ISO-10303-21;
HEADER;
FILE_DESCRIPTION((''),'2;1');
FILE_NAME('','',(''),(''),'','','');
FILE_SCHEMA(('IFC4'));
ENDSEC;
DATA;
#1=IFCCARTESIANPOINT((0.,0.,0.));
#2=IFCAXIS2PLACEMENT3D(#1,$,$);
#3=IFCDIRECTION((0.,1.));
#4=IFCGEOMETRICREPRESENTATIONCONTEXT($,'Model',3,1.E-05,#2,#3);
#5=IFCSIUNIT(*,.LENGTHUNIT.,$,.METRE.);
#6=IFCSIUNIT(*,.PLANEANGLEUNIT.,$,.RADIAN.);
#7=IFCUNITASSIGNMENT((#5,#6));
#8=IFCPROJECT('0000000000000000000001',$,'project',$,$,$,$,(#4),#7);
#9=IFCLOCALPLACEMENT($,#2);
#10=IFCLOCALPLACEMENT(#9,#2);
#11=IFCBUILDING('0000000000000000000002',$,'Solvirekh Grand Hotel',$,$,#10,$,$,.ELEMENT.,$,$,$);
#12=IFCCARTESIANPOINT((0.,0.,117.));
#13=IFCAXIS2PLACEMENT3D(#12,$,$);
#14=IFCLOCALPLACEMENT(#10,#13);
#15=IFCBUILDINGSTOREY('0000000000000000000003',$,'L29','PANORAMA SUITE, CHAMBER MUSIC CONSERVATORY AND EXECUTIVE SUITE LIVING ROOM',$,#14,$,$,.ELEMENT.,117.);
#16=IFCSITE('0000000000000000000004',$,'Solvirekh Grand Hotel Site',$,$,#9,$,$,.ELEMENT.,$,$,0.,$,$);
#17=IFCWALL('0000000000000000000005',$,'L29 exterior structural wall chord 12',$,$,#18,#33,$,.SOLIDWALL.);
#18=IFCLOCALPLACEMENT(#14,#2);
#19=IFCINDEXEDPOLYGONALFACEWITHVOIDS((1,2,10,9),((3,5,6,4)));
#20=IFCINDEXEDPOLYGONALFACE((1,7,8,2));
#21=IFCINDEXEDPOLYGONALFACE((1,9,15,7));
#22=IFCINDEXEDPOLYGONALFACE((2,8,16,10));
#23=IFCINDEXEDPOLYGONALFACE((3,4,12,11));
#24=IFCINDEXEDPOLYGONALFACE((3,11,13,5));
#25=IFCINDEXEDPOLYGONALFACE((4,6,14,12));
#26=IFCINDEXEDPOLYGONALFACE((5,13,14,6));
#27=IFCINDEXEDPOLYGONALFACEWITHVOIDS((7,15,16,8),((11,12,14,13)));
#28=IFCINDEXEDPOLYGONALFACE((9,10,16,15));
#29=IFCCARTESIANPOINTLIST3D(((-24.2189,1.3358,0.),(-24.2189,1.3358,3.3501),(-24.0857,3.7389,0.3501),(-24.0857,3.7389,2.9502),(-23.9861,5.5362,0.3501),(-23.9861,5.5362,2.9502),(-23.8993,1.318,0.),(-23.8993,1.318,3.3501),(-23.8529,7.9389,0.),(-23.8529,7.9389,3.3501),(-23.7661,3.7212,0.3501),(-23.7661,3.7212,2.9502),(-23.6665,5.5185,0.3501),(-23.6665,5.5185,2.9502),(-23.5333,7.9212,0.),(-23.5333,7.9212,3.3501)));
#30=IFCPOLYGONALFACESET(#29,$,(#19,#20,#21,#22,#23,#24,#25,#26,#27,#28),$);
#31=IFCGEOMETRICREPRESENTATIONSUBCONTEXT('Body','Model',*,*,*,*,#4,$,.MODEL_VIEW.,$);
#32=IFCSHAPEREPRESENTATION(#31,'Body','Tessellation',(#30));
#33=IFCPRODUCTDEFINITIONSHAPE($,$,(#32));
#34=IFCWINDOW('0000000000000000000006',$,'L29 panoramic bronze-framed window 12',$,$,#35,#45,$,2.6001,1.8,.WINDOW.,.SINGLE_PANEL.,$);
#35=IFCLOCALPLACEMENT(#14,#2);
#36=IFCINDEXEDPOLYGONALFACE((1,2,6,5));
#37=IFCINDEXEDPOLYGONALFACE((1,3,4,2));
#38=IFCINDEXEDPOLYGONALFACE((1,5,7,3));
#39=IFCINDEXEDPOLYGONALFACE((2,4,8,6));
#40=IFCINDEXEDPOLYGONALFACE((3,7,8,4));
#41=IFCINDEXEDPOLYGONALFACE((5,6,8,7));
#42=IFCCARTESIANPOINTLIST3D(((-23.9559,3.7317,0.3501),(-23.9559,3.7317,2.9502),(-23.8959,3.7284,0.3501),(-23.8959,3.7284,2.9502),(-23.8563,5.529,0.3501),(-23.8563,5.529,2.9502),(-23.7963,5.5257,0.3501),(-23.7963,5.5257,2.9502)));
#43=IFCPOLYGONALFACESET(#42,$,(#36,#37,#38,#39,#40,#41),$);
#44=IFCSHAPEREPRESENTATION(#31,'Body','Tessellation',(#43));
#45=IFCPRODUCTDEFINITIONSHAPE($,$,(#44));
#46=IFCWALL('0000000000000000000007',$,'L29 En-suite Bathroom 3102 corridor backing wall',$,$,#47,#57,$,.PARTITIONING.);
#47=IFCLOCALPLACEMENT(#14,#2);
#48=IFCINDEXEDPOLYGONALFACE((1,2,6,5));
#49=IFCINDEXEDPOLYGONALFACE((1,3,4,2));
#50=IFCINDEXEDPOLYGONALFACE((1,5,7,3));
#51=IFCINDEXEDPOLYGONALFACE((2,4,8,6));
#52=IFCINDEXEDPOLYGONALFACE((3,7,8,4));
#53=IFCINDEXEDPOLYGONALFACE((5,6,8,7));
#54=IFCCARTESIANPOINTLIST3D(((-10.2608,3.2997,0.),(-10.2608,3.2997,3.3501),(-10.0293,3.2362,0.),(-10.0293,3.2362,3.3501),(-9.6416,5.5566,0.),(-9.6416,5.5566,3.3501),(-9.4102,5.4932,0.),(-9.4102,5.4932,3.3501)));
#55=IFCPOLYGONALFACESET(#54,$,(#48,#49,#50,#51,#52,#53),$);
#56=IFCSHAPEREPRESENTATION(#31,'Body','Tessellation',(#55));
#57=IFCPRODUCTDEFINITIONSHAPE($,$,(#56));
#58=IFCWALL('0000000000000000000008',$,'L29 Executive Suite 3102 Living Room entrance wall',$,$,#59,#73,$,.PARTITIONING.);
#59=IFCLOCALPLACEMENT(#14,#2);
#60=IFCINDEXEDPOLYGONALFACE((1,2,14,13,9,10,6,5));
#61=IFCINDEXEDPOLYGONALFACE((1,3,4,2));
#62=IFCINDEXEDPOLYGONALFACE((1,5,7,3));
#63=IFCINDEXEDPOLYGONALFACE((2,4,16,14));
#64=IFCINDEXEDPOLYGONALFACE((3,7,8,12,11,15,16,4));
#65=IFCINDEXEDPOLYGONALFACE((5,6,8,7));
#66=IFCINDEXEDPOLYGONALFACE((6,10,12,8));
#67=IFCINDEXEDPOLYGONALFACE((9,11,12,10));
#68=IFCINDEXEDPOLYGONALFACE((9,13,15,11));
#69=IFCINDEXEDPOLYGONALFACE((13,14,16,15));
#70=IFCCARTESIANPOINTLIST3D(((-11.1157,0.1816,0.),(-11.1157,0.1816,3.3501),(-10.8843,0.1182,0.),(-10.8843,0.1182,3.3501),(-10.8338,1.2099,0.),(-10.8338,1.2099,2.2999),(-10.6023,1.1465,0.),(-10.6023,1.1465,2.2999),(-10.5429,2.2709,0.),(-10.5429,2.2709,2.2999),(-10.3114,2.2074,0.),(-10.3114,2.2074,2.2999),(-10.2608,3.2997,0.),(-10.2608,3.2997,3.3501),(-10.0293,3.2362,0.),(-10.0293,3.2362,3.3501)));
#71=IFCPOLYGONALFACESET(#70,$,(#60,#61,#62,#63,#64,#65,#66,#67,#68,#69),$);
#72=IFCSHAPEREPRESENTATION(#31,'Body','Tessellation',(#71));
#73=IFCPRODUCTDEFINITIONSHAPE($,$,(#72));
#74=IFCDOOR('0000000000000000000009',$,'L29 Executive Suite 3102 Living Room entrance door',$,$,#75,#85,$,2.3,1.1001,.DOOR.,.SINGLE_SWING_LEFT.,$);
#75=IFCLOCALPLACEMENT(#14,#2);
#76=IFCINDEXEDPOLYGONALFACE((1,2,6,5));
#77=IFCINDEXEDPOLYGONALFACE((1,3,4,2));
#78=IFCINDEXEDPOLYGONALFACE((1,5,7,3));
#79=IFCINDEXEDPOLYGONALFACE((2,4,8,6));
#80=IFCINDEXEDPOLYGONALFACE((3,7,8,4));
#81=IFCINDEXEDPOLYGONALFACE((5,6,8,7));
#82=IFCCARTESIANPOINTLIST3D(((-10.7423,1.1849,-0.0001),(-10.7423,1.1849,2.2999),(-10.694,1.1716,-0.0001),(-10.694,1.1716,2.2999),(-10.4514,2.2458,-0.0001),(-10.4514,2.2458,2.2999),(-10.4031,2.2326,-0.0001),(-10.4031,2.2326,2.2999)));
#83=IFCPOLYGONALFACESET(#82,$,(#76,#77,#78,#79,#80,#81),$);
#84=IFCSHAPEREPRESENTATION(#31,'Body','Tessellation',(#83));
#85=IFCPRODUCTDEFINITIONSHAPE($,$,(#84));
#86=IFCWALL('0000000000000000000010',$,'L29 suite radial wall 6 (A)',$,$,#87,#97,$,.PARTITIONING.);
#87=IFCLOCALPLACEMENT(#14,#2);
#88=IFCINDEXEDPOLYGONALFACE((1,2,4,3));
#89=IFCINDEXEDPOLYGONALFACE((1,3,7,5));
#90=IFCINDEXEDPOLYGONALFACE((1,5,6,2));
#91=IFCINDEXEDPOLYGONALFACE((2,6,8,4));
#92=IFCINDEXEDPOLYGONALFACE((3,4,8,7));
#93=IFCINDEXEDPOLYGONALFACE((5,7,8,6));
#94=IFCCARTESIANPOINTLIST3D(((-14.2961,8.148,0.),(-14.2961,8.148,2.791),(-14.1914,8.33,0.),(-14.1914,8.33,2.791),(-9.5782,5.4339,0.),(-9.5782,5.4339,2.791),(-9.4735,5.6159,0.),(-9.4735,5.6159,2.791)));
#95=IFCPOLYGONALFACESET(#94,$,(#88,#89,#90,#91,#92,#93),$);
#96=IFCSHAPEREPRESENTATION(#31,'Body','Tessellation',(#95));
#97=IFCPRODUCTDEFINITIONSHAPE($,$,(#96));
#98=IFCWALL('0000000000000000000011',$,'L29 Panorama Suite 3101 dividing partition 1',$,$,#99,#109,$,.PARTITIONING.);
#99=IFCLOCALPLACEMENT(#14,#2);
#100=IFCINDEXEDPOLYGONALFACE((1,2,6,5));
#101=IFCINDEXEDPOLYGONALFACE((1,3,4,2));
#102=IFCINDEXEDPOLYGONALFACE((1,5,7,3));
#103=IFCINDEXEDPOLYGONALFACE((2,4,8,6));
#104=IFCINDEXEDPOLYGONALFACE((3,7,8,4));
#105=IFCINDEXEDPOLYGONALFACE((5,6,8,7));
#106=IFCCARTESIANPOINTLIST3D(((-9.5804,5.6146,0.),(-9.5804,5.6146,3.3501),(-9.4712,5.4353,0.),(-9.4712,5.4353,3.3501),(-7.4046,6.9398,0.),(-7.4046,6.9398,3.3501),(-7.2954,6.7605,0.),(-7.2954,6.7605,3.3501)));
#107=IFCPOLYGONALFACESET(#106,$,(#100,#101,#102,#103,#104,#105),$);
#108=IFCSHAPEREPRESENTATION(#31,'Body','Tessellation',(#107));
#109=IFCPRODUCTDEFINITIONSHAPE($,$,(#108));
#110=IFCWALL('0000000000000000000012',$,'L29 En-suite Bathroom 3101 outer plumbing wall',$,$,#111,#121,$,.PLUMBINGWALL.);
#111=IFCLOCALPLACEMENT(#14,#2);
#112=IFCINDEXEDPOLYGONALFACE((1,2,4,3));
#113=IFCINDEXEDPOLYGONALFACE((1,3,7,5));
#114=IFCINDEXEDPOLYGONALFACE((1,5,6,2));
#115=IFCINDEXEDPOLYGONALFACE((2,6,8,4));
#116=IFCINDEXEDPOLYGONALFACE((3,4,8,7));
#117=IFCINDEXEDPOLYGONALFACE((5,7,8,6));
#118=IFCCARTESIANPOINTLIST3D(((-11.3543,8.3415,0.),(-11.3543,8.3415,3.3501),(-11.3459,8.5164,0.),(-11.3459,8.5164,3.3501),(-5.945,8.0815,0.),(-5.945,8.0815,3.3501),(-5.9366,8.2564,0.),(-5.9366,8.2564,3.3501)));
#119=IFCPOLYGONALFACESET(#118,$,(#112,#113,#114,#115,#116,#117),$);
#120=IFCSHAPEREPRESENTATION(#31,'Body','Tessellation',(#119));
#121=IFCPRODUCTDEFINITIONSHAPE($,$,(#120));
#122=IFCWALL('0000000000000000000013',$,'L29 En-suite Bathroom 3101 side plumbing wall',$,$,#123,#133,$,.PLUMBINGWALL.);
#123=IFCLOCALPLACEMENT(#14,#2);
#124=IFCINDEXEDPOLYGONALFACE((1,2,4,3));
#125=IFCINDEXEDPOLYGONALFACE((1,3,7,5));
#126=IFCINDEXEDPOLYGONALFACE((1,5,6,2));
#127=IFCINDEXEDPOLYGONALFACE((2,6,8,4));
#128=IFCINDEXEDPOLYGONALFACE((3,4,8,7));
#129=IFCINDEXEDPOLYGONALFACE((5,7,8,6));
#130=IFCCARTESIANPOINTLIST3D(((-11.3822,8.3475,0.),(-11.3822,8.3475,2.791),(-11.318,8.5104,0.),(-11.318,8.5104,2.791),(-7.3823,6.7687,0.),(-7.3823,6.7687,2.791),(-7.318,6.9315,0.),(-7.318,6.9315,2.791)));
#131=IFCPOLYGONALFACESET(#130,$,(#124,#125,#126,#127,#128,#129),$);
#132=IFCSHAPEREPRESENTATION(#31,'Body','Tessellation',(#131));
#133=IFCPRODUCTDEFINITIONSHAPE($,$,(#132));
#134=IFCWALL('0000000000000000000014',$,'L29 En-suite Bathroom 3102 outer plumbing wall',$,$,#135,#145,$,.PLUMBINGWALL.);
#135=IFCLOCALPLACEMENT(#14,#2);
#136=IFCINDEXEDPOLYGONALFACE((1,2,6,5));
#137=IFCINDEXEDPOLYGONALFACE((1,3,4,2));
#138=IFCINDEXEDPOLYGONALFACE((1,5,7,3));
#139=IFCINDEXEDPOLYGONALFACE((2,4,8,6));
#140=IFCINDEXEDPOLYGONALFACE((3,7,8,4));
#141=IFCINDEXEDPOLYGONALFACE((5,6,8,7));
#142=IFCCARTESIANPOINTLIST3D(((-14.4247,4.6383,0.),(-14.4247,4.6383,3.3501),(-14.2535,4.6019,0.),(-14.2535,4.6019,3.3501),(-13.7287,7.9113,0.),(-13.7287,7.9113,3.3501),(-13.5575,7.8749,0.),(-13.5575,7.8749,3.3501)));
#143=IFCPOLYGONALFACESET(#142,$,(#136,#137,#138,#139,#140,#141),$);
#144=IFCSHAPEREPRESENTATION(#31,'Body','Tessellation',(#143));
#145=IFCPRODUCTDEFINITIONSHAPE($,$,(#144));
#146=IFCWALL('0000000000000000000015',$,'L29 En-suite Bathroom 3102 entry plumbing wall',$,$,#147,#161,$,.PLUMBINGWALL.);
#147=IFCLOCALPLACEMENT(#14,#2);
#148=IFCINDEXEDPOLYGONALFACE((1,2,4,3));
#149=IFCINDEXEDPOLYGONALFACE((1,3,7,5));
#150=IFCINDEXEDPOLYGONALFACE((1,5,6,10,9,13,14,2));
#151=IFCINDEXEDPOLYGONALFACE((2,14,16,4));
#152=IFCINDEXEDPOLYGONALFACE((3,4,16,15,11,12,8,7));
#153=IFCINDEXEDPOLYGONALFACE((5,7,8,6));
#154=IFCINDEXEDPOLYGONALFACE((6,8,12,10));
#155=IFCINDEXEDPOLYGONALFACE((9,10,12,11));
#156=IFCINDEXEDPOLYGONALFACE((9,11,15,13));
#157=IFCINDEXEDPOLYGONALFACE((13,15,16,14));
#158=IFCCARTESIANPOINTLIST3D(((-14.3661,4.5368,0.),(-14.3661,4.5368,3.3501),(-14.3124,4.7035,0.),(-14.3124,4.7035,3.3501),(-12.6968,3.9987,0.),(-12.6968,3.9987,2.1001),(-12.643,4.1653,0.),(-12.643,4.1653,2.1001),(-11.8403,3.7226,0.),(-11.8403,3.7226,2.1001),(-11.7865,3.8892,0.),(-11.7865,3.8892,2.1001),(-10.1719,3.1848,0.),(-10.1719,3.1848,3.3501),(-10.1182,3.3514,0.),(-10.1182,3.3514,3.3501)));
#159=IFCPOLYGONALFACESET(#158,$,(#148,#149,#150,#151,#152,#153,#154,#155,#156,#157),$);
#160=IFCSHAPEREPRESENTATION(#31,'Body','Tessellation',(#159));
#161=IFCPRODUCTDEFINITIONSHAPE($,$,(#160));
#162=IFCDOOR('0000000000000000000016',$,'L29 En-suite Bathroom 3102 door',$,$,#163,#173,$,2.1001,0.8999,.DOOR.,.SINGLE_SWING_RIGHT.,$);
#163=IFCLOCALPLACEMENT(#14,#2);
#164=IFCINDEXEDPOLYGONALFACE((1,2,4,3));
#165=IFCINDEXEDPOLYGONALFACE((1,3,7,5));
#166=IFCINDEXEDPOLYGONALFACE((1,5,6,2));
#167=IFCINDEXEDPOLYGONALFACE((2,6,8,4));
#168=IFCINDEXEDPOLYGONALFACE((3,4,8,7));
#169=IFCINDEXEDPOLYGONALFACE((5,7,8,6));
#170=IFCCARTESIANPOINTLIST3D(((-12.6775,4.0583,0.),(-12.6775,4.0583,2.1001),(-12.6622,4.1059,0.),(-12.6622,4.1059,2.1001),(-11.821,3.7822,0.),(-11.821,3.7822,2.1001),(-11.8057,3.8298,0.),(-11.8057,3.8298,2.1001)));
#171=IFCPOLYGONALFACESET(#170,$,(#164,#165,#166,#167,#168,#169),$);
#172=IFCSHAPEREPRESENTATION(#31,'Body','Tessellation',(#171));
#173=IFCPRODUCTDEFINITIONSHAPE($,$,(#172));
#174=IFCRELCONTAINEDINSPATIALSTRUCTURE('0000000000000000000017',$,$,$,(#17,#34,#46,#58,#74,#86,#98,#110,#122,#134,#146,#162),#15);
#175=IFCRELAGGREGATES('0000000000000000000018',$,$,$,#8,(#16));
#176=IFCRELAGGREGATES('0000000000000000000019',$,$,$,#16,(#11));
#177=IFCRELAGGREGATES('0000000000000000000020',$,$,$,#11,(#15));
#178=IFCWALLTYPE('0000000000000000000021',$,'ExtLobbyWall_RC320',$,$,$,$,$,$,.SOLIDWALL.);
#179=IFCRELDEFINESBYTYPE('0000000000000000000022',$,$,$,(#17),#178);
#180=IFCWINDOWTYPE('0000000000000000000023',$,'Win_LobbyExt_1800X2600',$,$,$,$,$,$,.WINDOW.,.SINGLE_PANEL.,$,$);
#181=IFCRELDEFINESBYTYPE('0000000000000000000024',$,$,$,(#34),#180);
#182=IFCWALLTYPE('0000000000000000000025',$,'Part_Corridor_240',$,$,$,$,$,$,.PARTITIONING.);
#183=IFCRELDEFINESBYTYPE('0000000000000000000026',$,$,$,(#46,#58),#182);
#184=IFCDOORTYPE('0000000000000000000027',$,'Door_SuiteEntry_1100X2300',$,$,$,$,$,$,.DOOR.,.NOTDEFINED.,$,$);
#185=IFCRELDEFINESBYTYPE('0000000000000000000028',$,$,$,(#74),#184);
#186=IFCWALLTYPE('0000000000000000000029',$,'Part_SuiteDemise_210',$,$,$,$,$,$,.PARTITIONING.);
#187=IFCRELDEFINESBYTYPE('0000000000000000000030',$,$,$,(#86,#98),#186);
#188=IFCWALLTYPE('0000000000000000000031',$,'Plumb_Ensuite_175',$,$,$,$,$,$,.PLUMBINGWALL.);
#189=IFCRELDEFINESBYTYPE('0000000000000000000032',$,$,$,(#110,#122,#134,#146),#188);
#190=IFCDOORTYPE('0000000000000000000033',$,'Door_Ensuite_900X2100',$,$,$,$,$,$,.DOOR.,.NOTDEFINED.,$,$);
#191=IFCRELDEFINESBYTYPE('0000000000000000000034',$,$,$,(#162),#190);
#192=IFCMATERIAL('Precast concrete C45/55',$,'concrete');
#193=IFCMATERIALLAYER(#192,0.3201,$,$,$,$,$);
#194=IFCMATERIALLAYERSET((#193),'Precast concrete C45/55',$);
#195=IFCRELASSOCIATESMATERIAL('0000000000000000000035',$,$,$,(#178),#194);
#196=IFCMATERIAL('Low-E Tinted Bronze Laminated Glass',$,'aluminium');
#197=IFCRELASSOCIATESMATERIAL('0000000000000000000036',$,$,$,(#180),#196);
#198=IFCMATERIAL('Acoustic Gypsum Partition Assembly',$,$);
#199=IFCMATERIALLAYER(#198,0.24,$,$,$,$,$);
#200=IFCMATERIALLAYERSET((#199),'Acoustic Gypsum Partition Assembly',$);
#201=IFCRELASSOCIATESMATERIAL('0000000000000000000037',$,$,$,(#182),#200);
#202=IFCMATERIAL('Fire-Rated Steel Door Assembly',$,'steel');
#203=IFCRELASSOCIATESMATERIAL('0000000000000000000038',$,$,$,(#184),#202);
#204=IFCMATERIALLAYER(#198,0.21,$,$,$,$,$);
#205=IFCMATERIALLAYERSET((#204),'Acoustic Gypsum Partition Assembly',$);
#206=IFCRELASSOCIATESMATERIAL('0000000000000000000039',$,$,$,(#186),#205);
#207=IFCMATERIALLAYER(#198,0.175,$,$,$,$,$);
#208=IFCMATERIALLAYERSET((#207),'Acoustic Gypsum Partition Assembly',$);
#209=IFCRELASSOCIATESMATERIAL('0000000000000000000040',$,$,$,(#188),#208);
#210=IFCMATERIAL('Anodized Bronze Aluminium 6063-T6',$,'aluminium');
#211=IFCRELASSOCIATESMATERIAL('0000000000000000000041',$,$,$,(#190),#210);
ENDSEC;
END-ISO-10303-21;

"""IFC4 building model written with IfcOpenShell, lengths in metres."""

from ifc_helpers import new_model, si_unit, direction, frame, frame_2d, origin, place, context, subcontext, project, spatial, rectangle, extrude, material, layer, layer_set, type_object, element, fill, save


model = new_model("IFC4")

# Units and contexts
model_context = context("Model", 3, precision=1e-05, world=origin(), true_north=direction((0.0, 1.0)))
body_context = subcontext(model_context, "Body", "Model", "MODEL_VIEW")
ifc_project = project(units=[si_unit("LENGTHUNIT", "METRE"), si_unit("PLANEANGLEUNIT", "RADIAN")], contexts=[model_context])

# Site, building, storey
site_placement = place(None, origin())
site = spatial("IfcSite", under=ifc_project, at=site_placement, Name="Solvirekh Grand Hotel Site", CompositionType="ELEMENT", RefElevation=0.0)
building_placement = place(site_placement, origin())
building = spatial("IfcBuilding", under=site, at=building_placement, Name="Solvirekh Grand Hotel", CompositionType="ELEMENT")
storey_placement = place(building_placement, frame((0.0, 0.0, 117.0)))
storey = spatial("IfcBuildingStorey", under=building, at=storey_placement, Name="L29", Description="PANORAMA SUITE, CHAMBER MUSIC CONSERVATORY AND EXECUTIVE SUITE LIVING ROOM", CompositionType="ELEMENT", Elevation=117.0)

# Shared definitions
ifc_material_1 = material(Name="Anodized Bronze Aluminium 6063-T6", Category="aluminium")

# Wall, opening, window
ifc_material_2 = material(Name="Precast concrete C45/55", Category="concrete")
ifc_layer_1 = layer(ifc_material_2, 0.3201)
ifc_layer_set_1 = layer_set([ifc_layer_1], Name="Precast concrete C45/55")
wall_type_1 = type_object("IfcWallType", Name="ExtLobbyWall_RC320", PredefinedType="SOLIDWALL", material=ifc_layer_set_1)
wall_1_placement = place(storey_placement, frame((-24.0591, 1.3269, 0.0), z_axis=(0.0, 0.0, 1.0), x_axis=(0.055339, 0.998468, 0.0)))
wall_1 = element("IfcWall", 1, at=wall_1_placement, inside=storey, type_object=wall_type_1, Name="L29 exterior structural wall chord 12", PredefinedType="SOLIDWALL", context=body_context, shape_type="SweptSolid", body=[
    extrude(rectangle(XDim=6.6133, YDim=0.3201, at=frame_2d((3.3066, 0.0))), origin(), (0.0, 0.0, 1.0), 3.3501),
])
opening_1_placement = place(wall_1_placement, frame((2.407, 0.0, 0.3501)))
opening_1 = element("IfcOpeningElement", 2, at=opening_1_placement, cuts=wall_1, PredefinedType="OPENING", context=body_context, shape_type="SweptSolid", body=[
    extrude(rectangle(XDim=1.8, YDim=2.6001, at=frame_2d((0.8999, 1.3))), frame((0.0, 0.1699, 0.0), z_axis=(0.0, -1.0, 0.0), x_axis=(1.0, 0.0, 0.0)), (0.0, 0.0, 1.0), 0.3401),
])
ifc_material_3 = material(Name="Low-E Tinted Bronze Laminated Glass", Category="aluminium")
window_type = type_object("IfcWindowType", Name="Win_LobbyExt_1800X2600", PartitioningType="SINGLE_PANEL", PredefinedType="WINDOW", material=ifc_material_3)
window_placement = place(opening_1_placement, origin())
window = element("IfcWindow", 3, at=window_placement, inside=storey, type_object=window_type, Name="L29 panoramic bronze-framed window 12", OverallHeight=2.6001, OverallWidth=1.8, PartitioningType="SINGLE_PANEL", PredefinedType="WINDOW", context=body_context, shape_type="SweptSolid", body=[
    extrude(rectangle(XDim=1.8, YDim=2.6001, at=frame_2d((0.8999, 1.3))), frame((0.0, 0.03, 0.0), z_axis=(0.0, -1.0, 0.0), x_axis=(1.0, 0.0, 0.0)), (0.0, 0.0, 1.0), 0.0601),
])
fill(opening_1, window)

# Wall
ifc_material_4 = material(Name="Acoustic Gypsum Partition Assembly")
ifc_layer_2 = layer(ifc_material_4, 0.24)
ifc_layer_set_2 = layer_set([ifc_layer_2], Name="Acoustic Gypsum Partition Assembly")
wall_type_2 = type_object("IfcWallType", Name="Part_Corridor_240", PredefinedType="PARTITIONING", material=ifc_layer_set_2)
wall_2_placement = place(storey_placement, frame((-9.5259, 5.5249, 0.0), z_axis=(0.0, 0.0, 1.0), x_axis=(-0.264565, -0.964368, 0.0)))
element("IfcWall", 4, at=wall_2_placement, inside=storey, type_object=wall_type_2, Name="L29 En-suite Bathroom 3102 corridor backing wall", PredefinedType="PARTITIONING", context=body_context, shape_type="SweptSolid", body=[
    extrude(rectangle(XDim=2.3403, YDim=0.24, at=frame_2d((1.1702, 0.0))), origin(), (0.0, 0.0, 1.0), 3.3501),
])

# Wall, opening, door
wall_3_placement = place(storey_placement, frame((-10.145, 3.2681, 0.0), z_axis=(0.0, 0.0, 1.0), x_axis=(-0.264433, -0.964404, 0.0)))
wall_3 = element("IfcWall", 5, at=wall_3_placement, inside=storey, type_object=wall_type_2, Name="L29 Executive Suite 3102 Living Room entrance wall", PredefinedType="PARTITIONING", context=body_context, shape_type="SweptSolid", body=[
    extrude(rectangle(XDim=3.2332, YDim=0.24, at=frame_2d((1.6167, 0.0))), origin(), (0.0, 0.0, 1.0), 3.3501),
])
opening_2_placement = place(wall_3_placement, frame((1.0669, 0.0, 0.0)))
opening_2 = element("IfcOpeningElement", 6, at=opening_2_placement, cuts=wall_3, PredefinedType="OPENING", context=body_context, shape_type="SweptSolid", body=[
    extrude(rectangle(XDim=1.1001, YDim=2.3, at=frame_2d((0.55, 1.1499))), frame((0.0, 0.1299, 0.0), z_axis=(0.0, -1.0, 0.0), x_axis=(1.0, 0.0, 0.0)), (0.0, 0.0, 1.0), 0.26),
])
ifc_material_5 = material(Name="Fire-Rated Steel Door Assembly", Category="steel")
door_type_1 = type_object("IfcDoorType", Name="Door_SuiteEntry_1100X2300", OperationType="NOTDEFINED", PredefinedType="DOOR", material=ifc_material_5)
door_1_placement = place(opening_2_placement, origin())
door_1 = element("IfcDoor", 7, at=door_1_placement, inside=storey, type_object=door_type_1, Name="L29 Executive Suite 3102 Living Room entrance door", OperationType="SINGLE_SWING_LEFT", OverallHeight=2.3, OverallWidth=1.1001, PredefinedType="DOOR", context=body_context, shape_type="SweptSolid", body=[
    extrude(rectangle(XDim=1.1001, YDim=2.3, at=frame_2d((0.55, 1.1499))), frame((0.0, 0.0249, 0.0), z_axis=(0.0, -1.0, 0.0), x_axis=(1.0, 0.0, 0.0)), (0.0, 0.0, 1.0), 0.05),
])
fill(opening_2, door_1)

# Walls
ifc_layer_3 = layer(ifc_material_4, 0.21)
ifc_layer_set_3 = layer_set([ifc_layer_3], Name="Acoustic Gypsum Partition Assembly")
wall_type_3 = type_object("IfcWallType", Name="Part_SuiteDemise_210", PredefinedType="PARTITIONING", material=ifc_layer_set_3)
wall_4_placement = place(storey_placement, frame((-9.5259, 5.5249, 0.0), z_axis=(0.0, 0.0, 1.0), x_axis=(-0.866807, 0.498644, 0.0)))
element("IfcWall", 8, at=wall_4_placement, inside=storey, type_object=wall_type_3, Name="L29 suite radial wall 6 (A)", PredefinedType="PARTITIONING", context=body_context, shape_type="SweptSolid", body=[
    extrude(rectangle(XDim=5.4429, YDim=0.21, at=frame_2d((2.7214, 0.0))), origin(), (0.0, 0.0, 1.0), 2.791),
])
wall_5_placement = place(storey_placement, frame((-9.5259, 5.5249, 0.0), z_axis=(0.0, 0.0, 1.0), x_axis=(0.854058, 0.520178, 0.0)))
element("IfcWall", 9, at=wall_5_placement, inside=storey, type_object=wall_type_3, Name="L29 Panorama Suite 3101 dividing partition 1", PredefinedType="PARTITIONING", context=body_context, shape_type="SweptSolid", body=[
    extrude(rectangle(XDim=2.5476, YDim=0.21, at=frame_2d((1.2739, 0.0))), origin(), (0.0, 0.0, 1.0), 3.3501),
])
ifc_layer_4 = layer(ifc_material_4, 0.175)
ifc_layer_set_4 = layer_set([ifc_layer_4], Name="Acoustic Gypsum Partition Assembly")
wall_type_4 = type_object("IfcWallType", Name="Plumb_Ensuite_175", PredefinedType="PLUMBINGWALL", material=ifc_layer_set_4)
wall_6_placement = place(storey_placement, frame((-11.3501, 8.429, 0.0), z_axis=(0.0, 0.0, 1.0), x_axis=(0.998847, -0.048013, 0.0)))
element("IfcWall", 10, at=wall_6_placement, inside=storey, type_object=wall_type_4, Name="L29 En-suite Bathroom 3101 outer plumbing wall", PredefinedType="PLUMBINGWALL", context=body_context, shape_type="SweptSolid", body=[
    extrude(rectangle(XDim=5.4155, YDim=0.175, at=frame_2d((2.7078, 0.0))), origin(), (0.0, 0.0, 1.0), 3.3501),
])
wall_7_placement = place(storey_placement, frame((-11.3501, 8.429, 0.0), z_axis=(0.0, 0.0, 1.0), x_axis=(0.930162, -0.367148, 0.0)))
element("IfcWall", 11, at=wall_7_placement, inside=storey, type_object=wall_type_4, Name="L29 En-suite Bathroom 3101 side plumbing wall", PredefinedType="PLUMBINGWALL", context=body_context, shape_type="SweptSolid", body=[
    extrude(rectangle(XDim=4.3003, YDim=0.175, at=frame_2d((2.1501, 0.0))), origin(), (0.0, 0.0, 1.0), 2.791),
])
wall_8_placement = place(storey_placement, frame((-13.6431, 7.8931, 0.0), z_axis=(0.0, 0.0, 1.0), x_axis=(-0.208014, -0.978126, 0.0)))
element("IfcWall", 12, at=wall_8_placement, inside=storey, type_object=wall_type_4, Name="L29 En-suite Bathroom 3102 outer plumbing wall", PredefinedType="PLUMBINGWALL", context=body_context, shape_type="SweptSolid", body=[
    extrude(rectangle(XDim=3.3462, YDim=0.175, at=frame_2d((1.6731, 0.0))), origin(), (0.0, 0.0, 1.0), 3.3501),
])

# Wall, opening, door
wall_9_placement = place(storey_placement, frame((-10.145, 3.2681, 0.0), z_axis=(0.0, 0.0, 1.0), x_axis=(-0.951767, 0.306821, 0.0)))
wall_9 = element("IfcWall", 13, at=wall_9_placement, inside=storey, type_object=wall_type_4, Name="L29 En-suite Bathroom 3102 entry plumbing wall", PredefinedType="PLUMBINGWALL", context=body_context, shape_type="SweptSolid", body=[
    extrude(rectangle(XDim=4.4067, YDim=0.175, at=frame_2d((2.2034, 0.0))), origin(), (0.0, 0.0, 1.0), 3.3501),
])
opening_3_placement = place(wall_9_placement, frame((1.7529, 0.0, 0.0)))
opening_3 = element("IfcOpeningElement", 14, at=opening_3_placement, cuts=wall_9, PredefinedType="OPENING", context=body_context, shape_type="SweptSolid", body=[
    extrude(rectangle(XDim=0.8999, YDim=2.1001, at=frame_2d((0.45, 1.05))), frame((0.0, 0.0977, 0.0), z_axis=(0.0, -1.0, 0.0), x_axis=(1.0, 0.0, 0.0)), (0.0, 0.0, 1.0), 0.1951),
])
door_type_2 = type_object("IfcDoorType", Name="Door_Ensuite_900X2100", OperationType="NOTDEFINED", PredefinedType="DOOR", material=ifc_material_1)
door_2_placement = place(opening_3_placement, origin())
door_2 = element("IfcDoor", 15, at=door_2_placement, inside=storey, type_object=door_type_2, Name="L29 En-suite Bathroom 3102 door", OperationType="SINGLE_SWING_RIGHT", OverallHeight=2.1001, OverallWidth=0.8999, PredefinedType="DOOR", context=body_context, shape_type="SweptSolid", body=[
    extrude(rectangle(XDim=0.8999, YDim=2.1001, at=frame_2d((0.45, 1.05))), frame((0.0, 0.0249, 0.0), z_axis=(0.0, -1.0, 0.0), x_axis=(1.0, 0.0, 0.0)), (0.0, 0.0, 1.0), 0.05),
])
fill(opening_3, door_2)

save(model, "model.ifc")
